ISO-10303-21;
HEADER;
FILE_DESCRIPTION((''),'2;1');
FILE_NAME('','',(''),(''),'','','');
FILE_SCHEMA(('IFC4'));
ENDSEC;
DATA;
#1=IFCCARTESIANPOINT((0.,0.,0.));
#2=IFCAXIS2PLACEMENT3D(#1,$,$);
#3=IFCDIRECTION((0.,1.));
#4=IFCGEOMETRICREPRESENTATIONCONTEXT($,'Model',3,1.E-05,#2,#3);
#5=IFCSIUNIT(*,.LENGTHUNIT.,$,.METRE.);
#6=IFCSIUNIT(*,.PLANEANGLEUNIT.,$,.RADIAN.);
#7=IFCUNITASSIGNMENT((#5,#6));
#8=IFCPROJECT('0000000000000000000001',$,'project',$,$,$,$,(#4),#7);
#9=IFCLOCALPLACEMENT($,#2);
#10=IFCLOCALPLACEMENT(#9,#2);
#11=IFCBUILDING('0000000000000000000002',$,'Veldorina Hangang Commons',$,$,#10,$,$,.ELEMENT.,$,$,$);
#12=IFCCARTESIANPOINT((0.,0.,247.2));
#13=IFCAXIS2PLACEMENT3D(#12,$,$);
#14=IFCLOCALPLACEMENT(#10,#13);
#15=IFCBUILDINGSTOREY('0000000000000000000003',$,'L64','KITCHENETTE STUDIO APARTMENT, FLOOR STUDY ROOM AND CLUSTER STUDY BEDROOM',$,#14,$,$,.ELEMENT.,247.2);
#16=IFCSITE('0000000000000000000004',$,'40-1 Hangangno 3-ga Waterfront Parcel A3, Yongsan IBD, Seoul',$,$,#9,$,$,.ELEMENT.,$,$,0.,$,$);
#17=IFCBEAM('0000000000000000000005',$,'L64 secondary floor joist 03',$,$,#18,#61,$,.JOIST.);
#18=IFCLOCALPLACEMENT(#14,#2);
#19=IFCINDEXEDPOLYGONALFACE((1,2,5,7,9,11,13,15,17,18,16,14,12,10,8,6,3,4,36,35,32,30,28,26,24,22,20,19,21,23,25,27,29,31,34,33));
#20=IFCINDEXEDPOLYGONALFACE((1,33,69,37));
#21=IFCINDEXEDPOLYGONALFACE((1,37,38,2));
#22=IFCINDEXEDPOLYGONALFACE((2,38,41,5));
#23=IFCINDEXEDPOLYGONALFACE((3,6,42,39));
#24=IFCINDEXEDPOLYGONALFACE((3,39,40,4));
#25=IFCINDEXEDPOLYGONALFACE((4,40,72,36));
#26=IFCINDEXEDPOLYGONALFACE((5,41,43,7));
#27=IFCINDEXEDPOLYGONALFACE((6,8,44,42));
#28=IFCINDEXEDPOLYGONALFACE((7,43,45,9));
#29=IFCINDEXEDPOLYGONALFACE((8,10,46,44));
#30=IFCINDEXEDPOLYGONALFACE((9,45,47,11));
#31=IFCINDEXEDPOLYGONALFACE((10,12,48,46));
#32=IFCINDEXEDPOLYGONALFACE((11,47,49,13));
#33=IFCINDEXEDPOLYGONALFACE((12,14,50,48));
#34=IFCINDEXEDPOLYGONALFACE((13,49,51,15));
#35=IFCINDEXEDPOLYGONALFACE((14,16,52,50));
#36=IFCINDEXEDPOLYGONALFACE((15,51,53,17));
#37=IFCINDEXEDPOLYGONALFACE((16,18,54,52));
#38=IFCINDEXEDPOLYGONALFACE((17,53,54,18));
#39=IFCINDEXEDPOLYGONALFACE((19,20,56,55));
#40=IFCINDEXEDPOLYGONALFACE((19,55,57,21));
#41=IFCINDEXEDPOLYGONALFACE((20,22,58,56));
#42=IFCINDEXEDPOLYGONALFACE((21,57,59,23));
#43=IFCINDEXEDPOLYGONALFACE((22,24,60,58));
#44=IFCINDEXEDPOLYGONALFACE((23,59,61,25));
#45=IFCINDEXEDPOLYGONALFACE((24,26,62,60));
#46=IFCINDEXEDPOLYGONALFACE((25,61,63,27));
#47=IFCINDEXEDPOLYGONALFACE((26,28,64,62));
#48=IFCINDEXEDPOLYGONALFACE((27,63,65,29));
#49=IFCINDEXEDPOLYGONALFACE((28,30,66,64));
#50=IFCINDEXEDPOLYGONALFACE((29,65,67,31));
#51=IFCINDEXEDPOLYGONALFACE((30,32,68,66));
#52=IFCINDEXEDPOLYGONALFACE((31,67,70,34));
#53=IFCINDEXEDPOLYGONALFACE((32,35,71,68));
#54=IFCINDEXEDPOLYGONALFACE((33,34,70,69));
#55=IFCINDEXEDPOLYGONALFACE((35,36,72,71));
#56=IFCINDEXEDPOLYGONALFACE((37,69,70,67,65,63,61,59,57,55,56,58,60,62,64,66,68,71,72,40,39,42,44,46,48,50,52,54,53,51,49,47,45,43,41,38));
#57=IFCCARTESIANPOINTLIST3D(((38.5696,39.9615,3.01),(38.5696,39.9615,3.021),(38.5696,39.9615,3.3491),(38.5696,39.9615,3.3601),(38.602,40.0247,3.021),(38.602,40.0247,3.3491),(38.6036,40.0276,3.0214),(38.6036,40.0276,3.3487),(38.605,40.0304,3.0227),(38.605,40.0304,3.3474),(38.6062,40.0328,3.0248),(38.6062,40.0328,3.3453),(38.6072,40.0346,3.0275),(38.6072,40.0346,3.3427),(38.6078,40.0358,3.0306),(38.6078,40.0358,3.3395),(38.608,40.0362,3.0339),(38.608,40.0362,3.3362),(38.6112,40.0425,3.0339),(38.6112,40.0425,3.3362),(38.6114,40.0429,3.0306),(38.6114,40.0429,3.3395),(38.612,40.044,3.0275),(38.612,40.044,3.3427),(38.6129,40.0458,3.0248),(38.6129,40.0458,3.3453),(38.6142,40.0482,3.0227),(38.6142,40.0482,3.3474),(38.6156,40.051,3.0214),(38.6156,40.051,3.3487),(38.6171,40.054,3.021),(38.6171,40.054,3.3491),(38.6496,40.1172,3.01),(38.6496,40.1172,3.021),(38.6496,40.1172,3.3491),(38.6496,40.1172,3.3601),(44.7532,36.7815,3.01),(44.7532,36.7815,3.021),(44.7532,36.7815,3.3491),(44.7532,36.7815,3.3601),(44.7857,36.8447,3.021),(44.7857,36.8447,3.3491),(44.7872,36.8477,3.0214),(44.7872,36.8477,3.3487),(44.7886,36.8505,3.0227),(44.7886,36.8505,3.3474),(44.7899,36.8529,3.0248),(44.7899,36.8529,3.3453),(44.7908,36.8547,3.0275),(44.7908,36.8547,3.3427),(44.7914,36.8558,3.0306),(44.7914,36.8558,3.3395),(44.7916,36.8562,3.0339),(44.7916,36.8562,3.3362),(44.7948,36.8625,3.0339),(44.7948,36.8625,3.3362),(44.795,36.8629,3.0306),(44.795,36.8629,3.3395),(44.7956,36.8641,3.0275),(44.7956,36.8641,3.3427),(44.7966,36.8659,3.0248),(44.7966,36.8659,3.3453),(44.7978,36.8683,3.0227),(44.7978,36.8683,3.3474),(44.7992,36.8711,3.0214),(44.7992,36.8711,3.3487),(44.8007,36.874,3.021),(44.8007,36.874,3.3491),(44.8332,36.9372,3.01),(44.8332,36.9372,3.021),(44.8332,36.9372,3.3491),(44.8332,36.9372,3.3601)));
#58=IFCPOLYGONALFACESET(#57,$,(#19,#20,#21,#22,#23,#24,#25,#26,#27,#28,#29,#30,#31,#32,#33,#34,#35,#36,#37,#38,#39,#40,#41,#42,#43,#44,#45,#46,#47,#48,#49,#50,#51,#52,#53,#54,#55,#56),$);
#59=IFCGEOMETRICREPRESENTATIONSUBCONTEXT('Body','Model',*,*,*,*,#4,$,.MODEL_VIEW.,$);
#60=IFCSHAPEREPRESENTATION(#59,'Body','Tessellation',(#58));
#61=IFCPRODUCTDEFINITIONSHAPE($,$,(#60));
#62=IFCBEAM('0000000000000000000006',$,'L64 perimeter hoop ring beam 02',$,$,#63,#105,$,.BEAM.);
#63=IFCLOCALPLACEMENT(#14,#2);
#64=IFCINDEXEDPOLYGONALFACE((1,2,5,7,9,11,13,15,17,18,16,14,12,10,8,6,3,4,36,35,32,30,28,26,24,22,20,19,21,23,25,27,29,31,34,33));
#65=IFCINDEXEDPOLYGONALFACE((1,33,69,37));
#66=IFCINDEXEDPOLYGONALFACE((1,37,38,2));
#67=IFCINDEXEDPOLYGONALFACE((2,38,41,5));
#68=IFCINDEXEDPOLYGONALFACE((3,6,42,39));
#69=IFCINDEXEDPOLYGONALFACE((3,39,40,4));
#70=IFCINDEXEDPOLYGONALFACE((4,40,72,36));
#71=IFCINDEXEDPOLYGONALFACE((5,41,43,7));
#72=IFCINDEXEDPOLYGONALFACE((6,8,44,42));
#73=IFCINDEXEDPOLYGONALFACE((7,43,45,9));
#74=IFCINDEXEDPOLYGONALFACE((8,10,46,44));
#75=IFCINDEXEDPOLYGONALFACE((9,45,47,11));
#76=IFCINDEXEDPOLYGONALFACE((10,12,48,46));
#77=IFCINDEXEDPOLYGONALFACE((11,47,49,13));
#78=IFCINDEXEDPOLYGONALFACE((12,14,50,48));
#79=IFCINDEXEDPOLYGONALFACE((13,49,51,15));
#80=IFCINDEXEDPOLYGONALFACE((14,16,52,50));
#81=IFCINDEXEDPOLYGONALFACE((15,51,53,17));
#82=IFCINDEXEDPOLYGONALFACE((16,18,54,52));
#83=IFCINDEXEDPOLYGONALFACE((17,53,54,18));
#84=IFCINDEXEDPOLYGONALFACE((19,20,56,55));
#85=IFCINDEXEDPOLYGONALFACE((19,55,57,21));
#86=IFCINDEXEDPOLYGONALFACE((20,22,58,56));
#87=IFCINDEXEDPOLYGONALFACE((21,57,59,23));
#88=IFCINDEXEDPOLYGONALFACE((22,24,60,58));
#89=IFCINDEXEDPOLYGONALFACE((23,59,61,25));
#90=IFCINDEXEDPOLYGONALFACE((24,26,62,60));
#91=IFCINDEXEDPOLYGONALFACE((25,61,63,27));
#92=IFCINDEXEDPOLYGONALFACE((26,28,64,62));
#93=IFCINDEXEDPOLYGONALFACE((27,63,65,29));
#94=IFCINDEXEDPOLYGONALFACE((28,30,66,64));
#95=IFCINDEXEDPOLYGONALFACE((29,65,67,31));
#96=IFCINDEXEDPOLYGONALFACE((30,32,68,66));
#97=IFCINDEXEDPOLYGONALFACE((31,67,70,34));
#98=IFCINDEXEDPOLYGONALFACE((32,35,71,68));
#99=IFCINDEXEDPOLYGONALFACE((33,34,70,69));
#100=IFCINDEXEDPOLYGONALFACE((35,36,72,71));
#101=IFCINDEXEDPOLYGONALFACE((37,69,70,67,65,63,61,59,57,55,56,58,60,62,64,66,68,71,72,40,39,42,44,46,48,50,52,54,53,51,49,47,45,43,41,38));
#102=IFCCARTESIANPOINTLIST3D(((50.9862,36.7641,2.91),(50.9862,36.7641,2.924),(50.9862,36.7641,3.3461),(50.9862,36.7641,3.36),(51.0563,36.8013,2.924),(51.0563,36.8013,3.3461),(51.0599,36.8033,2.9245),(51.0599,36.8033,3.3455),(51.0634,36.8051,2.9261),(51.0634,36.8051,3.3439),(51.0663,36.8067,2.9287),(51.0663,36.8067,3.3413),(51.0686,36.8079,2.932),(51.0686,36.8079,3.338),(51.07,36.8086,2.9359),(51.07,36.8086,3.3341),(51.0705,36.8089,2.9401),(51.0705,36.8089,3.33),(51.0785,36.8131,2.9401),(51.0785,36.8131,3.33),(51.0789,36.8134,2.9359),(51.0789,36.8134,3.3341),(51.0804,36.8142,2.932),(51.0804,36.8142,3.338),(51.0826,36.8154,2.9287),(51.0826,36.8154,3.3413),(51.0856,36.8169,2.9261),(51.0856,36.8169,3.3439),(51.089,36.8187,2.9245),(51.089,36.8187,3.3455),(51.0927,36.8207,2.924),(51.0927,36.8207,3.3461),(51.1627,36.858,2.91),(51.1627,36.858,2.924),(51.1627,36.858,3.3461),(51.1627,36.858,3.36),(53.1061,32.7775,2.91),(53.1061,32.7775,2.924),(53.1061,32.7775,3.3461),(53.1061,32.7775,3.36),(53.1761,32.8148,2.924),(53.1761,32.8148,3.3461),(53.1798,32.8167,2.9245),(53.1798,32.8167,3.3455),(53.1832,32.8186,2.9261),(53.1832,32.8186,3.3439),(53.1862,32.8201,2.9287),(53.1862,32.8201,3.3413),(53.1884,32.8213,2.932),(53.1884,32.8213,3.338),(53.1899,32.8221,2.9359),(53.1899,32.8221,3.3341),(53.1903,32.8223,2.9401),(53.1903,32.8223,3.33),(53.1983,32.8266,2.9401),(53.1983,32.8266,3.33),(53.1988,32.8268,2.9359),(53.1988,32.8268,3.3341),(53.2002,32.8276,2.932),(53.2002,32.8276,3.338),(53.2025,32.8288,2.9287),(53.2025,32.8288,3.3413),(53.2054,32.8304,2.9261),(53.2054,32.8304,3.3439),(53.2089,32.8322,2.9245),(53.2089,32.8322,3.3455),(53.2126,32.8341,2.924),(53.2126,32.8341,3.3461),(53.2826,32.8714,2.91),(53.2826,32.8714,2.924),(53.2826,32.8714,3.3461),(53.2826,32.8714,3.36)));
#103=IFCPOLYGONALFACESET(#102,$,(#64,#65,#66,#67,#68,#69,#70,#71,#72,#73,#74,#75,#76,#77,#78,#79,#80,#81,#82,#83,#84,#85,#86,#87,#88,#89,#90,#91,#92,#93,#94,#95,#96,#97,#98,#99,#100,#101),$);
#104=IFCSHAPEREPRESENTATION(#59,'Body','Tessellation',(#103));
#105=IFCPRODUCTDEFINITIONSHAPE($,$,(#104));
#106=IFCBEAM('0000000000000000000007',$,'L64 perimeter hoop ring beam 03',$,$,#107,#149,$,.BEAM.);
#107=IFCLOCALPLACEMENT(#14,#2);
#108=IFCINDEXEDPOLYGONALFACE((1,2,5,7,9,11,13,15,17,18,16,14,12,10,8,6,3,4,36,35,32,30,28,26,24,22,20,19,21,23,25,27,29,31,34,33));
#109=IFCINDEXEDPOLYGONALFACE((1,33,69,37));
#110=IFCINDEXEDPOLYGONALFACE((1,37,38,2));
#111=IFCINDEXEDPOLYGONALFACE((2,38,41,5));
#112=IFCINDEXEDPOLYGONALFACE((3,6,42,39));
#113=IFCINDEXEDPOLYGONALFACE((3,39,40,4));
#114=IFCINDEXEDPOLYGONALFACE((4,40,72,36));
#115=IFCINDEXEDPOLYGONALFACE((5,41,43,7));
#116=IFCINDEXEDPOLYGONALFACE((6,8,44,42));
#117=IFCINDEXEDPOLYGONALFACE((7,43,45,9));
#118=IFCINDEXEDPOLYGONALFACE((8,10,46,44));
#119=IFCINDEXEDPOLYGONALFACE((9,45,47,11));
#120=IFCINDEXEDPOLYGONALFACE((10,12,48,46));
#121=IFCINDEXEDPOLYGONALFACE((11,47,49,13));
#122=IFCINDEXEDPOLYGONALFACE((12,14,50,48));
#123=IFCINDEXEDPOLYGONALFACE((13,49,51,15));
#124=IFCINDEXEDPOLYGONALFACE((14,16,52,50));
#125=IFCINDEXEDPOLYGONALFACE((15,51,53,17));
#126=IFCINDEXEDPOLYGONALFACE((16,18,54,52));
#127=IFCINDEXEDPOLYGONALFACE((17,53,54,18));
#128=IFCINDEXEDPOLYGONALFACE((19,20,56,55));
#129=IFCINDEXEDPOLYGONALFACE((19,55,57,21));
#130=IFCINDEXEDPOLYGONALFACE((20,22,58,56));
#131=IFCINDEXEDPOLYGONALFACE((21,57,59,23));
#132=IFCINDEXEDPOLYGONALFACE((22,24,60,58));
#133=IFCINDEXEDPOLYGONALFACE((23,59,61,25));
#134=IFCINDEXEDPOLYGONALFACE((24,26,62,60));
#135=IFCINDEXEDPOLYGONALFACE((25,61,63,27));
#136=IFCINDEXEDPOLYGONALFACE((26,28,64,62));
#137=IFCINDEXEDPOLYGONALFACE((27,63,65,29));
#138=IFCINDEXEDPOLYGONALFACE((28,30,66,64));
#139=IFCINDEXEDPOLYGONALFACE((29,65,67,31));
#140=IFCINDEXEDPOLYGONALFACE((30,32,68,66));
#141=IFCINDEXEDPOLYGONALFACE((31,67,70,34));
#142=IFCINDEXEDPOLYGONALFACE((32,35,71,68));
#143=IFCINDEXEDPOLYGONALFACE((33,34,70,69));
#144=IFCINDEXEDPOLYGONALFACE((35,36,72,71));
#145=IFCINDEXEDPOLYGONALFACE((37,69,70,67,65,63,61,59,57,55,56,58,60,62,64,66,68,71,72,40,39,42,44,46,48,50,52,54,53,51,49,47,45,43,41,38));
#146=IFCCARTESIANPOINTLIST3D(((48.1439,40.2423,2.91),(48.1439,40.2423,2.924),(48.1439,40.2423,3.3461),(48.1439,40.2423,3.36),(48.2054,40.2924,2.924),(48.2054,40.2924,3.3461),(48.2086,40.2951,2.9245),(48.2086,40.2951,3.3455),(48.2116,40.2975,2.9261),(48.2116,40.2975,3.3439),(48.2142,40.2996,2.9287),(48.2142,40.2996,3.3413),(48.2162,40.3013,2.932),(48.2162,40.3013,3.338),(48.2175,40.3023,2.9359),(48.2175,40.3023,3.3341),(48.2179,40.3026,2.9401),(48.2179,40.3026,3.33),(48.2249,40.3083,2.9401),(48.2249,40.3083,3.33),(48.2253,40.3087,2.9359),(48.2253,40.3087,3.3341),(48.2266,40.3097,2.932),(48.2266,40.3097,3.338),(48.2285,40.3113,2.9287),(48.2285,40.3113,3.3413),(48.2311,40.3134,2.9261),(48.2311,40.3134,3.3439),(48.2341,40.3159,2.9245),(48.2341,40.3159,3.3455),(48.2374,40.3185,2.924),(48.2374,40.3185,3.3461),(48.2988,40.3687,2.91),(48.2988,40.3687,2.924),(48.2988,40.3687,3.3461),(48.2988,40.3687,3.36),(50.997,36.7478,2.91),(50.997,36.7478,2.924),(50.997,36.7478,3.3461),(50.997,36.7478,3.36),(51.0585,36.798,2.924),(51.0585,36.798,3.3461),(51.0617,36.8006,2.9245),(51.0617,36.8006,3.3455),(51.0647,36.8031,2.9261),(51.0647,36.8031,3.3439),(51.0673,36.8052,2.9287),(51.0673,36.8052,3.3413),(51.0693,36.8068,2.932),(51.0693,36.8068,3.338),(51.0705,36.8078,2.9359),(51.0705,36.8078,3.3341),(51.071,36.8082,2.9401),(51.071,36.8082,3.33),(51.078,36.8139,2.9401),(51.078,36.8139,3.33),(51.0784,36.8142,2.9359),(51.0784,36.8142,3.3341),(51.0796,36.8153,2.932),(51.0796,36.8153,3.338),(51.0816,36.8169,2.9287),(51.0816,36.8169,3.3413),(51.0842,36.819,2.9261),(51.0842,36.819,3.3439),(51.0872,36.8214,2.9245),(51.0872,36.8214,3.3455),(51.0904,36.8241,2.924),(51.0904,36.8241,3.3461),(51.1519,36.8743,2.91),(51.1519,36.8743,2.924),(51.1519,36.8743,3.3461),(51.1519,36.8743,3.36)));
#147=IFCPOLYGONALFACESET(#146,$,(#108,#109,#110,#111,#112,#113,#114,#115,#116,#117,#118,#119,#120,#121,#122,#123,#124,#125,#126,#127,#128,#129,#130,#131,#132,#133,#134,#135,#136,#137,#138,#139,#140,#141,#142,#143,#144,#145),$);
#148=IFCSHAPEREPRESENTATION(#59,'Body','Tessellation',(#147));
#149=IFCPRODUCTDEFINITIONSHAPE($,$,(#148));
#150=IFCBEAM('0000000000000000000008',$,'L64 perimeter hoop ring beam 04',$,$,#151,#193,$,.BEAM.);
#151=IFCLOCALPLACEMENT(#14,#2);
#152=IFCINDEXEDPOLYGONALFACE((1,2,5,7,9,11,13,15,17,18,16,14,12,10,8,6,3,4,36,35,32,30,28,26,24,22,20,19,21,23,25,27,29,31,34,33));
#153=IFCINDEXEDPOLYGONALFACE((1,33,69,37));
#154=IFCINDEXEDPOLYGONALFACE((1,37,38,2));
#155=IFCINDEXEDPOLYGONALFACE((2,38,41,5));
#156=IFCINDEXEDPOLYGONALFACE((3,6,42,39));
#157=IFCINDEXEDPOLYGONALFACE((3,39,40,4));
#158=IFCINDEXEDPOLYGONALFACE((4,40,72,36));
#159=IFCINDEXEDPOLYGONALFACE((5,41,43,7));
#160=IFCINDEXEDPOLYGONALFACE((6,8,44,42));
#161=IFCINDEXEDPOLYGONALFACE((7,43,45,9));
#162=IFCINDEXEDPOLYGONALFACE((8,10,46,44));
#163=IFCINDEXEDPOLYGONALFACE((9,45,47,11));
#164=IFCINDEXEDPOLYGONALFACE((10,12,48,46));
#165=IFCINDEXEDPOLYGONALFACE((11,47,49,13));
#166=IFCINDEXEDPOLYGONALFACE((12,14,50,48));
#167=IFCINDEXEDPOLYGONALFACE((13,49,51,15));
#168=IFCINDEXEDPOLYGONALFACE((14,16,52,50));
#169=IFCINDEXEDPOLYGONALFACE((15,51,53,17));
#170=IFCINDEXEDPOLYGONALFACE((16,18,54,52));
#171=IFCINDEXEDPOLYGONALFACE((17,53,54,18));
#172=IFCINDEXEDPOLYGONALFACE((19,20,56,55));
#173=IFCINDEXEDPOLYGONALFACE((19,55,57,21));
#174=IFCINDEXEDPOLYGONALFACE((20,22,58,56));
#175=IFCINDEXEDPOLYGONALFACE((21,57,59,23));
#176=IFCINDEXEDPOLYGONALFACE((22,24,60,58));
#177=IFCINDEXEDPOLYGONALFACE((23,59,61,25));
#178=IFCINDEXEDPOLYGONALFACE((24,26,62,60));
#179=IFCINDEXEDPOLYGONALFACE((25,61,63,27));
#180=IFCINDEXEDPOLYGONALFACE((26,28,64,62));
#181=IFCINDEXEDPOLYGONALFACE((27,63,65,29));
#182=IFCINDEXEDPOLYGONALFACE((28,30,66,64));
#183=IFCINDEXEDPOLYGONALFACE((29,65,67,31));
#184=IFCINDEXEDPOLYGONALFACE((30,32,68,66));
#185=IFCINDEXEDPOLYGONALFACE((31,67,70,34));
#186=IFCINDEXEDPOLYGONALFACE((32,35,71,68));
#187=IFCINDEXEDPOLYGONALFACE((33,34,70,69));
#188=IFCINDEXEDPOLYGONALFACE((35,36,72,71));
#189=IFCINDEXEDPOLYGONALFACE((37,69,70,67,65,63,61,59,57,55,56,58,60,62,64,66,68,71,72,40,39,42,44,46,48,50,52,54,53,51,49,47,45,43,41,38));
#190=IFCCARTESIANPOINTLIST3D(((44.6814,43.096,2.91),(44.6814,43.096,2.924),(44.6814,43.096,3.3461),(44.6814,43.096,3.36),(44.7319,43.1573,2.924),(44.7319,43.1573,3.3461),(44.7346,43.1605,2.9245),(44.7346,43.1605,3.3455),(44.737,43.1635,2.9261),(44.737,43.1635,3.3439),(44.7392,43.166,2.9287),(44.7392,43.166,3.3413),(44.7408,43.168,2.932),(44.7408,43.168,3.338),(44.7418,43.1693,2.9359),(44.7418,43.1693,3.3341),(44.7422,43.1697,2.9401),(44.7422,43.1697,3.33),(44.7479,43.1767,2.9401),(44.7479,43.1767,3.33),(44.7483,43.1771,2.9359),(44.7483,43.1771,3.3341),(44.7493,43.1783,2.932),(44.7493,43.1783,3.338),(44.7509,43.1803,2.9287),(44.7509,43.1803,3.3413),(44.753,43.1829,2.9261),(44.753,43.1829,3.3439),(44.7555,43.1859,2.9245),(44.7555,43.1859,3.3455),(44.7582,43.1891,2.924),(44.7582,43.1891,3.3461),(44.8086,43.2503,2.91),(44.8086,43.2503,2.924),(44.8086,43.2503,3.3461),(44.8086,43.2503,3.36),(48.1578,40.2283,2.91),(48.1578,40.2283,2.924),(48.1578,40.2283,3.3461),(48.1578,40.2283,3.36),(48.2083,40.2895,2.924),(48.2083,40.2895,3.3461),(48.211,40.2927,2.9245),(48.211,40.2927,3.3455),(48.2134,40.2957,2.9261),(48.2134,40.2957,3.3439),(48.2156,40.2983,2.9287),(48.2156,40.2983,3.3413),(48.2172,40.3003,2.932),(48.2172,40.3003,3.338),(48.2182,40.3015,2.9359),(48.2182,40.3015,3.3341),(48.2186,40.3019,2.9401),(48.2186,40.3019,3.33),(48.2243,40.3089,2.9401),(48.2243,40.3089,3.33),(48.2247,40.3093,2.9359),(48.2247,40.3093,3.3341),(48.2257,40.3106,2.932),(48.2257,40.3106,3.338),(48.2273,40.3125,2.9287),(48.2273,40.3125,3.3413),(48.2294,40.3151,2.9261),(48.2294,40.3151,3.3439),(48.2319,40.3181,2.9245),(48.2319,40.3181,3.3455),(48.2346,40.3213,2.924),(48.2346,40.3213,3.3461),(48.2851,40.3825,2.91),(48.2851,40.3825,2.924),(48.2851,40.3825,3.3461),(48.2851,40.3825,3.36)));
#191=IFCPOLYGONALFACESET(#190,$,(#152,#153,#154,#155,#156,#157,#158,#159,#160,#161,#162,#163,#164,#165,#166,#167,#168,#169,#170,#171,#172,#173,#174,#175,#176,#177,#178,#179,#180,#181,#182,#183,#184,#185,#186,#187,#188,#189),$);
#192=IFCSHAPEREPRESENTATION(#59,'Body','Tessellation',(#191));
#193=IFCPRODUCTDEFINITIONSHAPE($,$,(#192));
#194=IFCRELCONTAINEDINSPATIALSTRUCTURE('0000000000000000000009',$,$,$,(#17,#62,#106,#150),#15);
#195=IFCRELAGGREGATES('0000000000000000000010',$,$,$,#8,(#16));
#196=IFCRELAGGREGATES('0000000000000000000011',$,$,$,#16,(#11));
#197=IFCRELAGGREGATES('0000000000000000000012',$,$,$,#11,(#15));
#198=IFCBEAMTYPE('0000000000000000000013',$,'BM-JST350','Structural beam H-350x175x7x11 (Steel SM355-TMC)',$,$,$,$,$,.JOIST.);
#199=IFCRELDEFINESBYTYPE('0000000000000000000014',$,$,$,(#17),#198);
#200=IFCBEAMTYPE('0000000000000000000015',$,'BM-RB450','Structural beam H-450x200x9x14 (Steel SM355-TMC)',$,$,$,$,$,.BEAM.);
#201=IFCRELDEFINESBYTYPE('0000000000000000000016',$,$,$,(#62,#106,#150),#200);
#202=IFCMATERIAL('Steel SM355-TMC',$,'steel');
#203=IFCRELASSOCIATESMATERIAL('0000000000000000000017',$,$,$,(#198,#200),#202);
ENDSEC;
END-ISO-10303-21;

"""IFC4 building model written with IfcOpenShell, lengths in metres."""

from ifc_helpers import new_model, si_unit, direction, frame, origin, origin_2d, place, context, subcontext, project, spatial, i_section, extrude, material, material_profile, profile_set, type_object, element, save


model = new_model("IFC4")

# Units and contexts
model_context = context("Model", 3, precision=1e-05, world=origin(), true_north=direction((0.0, 1.0)))
body_context = subcontext(model_context, "Body", "Model", "MODEL_VIEW")
ifc_project = project(units=[si_unit("LENGTHUNIT", "METRE"), si_unit("PLANEANGLEUNIT", "RADIAN")], contexts=[model_context])

# Site, building, storey
site_placement = place(None, origin())
site = spatial("IfcSite", under=ifc_project, at=site_placement, Name="40-1 Hangangno 3-ga Waterfront Parcel A3, Yongsan IBD, Seoul", CompositionType="ELEMENT", RefElevation=0.0)
building_placement = place(site_placement, origin())
building = spatial("IfcBuilding", under=site, at=building_placement, Name="Veldorina Hangang Commons", CompositionType="ELEMENT")
storey_placement = place(building_placement, frame((0.0, 0.0, 247.2)))
storey = spatial("IfcBuildingStorey", under=building, at=storey_placement, Name="L64", Description="KITCHENETTE STUDIO APARTMENT, FLOOR STUDY ROOM AND CLUSTER STUDY BEDROOM", CompositionType="ELEMENT", Elevation=247.2)

# Beams
ifc_material_1 = material(Name="Steel SM355-TMC", Category="steel")
ifc_material_profile_1 = material_profile(ifc_material_1, i_section(OverallWidth=0.175, OverallDepth=0.3501, WebThickness=0.0071, FlangeThickness=0.011, FilletRadius=0.0129, at=origin_2d()), Name="H-350x175x7x11")
ifc_profile_set_1 = profile_set([ifc_material_profile_1], Name="Steel SM355-TMC")
beam_type_1 = type_object("IfcBeamType", Name="BM-JST350", Description="Structural beam H-350x175x7x11 (Steel SM355-TMC)", PredefinedType="JOIST", material=ifc_profile_set_1)
beam_1_placement = place(storey_placement, frame((44.7932, 36.8594, 3.1851), z_axis=(-0.8893, 0.457325, 0.0), x_axis=(-0.457325, -0.8893, 0.0)))
element("IfcBeam", 1, at=beam_1_placement, inside=storey, type_object=beam_type_1, Name="L64 secondary floor joist 03", PredefinedType="JOIST", context=body_context, shape_type="SweptSolid", body=[
    extrude(i_section(OverallWidth=0.175, OverallDepth=0.3501, WebThickness=0.0071, FlangeThickness=0.011, FilletRadius=0.0129, at=origin_2d()), origin(), (0.0, 0.0, 1.0), 6.9534),
])
ifc_material_profile_2 = material_profile(ifc_material_1, i_section(OverallWidth=0.2, OverallDepth=0.45, WebThickness=0.009, FlangeThickness=0.0139, FilletRadius=0.0161, at=origin_2d()), Name="H-450x200x9x14")
ifc_profile_set_2 = profile_set([ifc_material_profile_2], Name="Steel SM355-TMC")
beam_type_2 = type_object("IfcBeamType", Name="BM-RB450", Description="Structural beam H-450x200x9x14 (Steel SM355-TMC)", PredefinedType="BEAM", material=ifc_profile_set_2)
beam_2_placement = place(storey_placement, frame((53.1943, 32.8245, 3.135), z_axis=(-0.469502, 0.882932, 0.0), x_axis=(-0.882932, -0.469502, 0.0)))
element("IfcBeam", 2, at=beam_2_placement, inside=storey, type_object=beam_type_2, Name="L64 perimeter hoop ring beam 02", PredefinedType="BEAM", context=body_context, shape_type="SweptSolid", body=[
    extrude(i_section(OverallWidth=0.2, OverallDepth=0.45, WebThickness=0.009, FlangeThickness=0.0139, FilletRadius=0.0161, at=origin_2d()), origin(), (0.0, 0.0, 1.0), 4.5151),
])
beam_3_placement = place(storey_placement, frame((51.0745, 36.811, 3.135), z_axis=(-0.632439, 0.77461, 0.0), x_axis=(-0.77461, -0.632439, 0.0)))
element("IfcBeam", 3, at=beam_3_placement, inside=storey, type_object=beam_type_2, Name="L64 perimeter hoop ring beam 03", PredefinedType="BEAM", context=body_context, shape_type="SweptSolid", body=[
    extrude(i_section(OverallWidth=0.2, OverallDepth=0.45, WebThickness=0.009, FlangeThickness=0.0139, FilletRadius=0.0161, at=origin_2d()), origin(), (0.0, 0.0, 1.0), 4.5112),
])
beam_4_placement = place(storey_placement, frame((48.2214, 40.3054, 3.135), z_axis=(-0.771405, 0.636345, 0.0), x_axis=(-0.636345, -0.771405, 0.0)))
element("IfcBeam", 4, at=beam_4_placement, inside=storey, type_object=beam_type_2, Name="L64 perimeter hoop ring beam 04", PredefinedType="BEAM", context=body_context, shape_type="SweptSolid", body=[
    extrude(i_section(OverallWidth=0.2, OverallDepth=0.45, WebThickness=0.009, FlangeThickness=0.0139, FilletRadius=0.0161, at=origin_2d()), origin(), (0.0, 0.0, 1.0), 4.5066),
])

save(model, "model.ifc")
